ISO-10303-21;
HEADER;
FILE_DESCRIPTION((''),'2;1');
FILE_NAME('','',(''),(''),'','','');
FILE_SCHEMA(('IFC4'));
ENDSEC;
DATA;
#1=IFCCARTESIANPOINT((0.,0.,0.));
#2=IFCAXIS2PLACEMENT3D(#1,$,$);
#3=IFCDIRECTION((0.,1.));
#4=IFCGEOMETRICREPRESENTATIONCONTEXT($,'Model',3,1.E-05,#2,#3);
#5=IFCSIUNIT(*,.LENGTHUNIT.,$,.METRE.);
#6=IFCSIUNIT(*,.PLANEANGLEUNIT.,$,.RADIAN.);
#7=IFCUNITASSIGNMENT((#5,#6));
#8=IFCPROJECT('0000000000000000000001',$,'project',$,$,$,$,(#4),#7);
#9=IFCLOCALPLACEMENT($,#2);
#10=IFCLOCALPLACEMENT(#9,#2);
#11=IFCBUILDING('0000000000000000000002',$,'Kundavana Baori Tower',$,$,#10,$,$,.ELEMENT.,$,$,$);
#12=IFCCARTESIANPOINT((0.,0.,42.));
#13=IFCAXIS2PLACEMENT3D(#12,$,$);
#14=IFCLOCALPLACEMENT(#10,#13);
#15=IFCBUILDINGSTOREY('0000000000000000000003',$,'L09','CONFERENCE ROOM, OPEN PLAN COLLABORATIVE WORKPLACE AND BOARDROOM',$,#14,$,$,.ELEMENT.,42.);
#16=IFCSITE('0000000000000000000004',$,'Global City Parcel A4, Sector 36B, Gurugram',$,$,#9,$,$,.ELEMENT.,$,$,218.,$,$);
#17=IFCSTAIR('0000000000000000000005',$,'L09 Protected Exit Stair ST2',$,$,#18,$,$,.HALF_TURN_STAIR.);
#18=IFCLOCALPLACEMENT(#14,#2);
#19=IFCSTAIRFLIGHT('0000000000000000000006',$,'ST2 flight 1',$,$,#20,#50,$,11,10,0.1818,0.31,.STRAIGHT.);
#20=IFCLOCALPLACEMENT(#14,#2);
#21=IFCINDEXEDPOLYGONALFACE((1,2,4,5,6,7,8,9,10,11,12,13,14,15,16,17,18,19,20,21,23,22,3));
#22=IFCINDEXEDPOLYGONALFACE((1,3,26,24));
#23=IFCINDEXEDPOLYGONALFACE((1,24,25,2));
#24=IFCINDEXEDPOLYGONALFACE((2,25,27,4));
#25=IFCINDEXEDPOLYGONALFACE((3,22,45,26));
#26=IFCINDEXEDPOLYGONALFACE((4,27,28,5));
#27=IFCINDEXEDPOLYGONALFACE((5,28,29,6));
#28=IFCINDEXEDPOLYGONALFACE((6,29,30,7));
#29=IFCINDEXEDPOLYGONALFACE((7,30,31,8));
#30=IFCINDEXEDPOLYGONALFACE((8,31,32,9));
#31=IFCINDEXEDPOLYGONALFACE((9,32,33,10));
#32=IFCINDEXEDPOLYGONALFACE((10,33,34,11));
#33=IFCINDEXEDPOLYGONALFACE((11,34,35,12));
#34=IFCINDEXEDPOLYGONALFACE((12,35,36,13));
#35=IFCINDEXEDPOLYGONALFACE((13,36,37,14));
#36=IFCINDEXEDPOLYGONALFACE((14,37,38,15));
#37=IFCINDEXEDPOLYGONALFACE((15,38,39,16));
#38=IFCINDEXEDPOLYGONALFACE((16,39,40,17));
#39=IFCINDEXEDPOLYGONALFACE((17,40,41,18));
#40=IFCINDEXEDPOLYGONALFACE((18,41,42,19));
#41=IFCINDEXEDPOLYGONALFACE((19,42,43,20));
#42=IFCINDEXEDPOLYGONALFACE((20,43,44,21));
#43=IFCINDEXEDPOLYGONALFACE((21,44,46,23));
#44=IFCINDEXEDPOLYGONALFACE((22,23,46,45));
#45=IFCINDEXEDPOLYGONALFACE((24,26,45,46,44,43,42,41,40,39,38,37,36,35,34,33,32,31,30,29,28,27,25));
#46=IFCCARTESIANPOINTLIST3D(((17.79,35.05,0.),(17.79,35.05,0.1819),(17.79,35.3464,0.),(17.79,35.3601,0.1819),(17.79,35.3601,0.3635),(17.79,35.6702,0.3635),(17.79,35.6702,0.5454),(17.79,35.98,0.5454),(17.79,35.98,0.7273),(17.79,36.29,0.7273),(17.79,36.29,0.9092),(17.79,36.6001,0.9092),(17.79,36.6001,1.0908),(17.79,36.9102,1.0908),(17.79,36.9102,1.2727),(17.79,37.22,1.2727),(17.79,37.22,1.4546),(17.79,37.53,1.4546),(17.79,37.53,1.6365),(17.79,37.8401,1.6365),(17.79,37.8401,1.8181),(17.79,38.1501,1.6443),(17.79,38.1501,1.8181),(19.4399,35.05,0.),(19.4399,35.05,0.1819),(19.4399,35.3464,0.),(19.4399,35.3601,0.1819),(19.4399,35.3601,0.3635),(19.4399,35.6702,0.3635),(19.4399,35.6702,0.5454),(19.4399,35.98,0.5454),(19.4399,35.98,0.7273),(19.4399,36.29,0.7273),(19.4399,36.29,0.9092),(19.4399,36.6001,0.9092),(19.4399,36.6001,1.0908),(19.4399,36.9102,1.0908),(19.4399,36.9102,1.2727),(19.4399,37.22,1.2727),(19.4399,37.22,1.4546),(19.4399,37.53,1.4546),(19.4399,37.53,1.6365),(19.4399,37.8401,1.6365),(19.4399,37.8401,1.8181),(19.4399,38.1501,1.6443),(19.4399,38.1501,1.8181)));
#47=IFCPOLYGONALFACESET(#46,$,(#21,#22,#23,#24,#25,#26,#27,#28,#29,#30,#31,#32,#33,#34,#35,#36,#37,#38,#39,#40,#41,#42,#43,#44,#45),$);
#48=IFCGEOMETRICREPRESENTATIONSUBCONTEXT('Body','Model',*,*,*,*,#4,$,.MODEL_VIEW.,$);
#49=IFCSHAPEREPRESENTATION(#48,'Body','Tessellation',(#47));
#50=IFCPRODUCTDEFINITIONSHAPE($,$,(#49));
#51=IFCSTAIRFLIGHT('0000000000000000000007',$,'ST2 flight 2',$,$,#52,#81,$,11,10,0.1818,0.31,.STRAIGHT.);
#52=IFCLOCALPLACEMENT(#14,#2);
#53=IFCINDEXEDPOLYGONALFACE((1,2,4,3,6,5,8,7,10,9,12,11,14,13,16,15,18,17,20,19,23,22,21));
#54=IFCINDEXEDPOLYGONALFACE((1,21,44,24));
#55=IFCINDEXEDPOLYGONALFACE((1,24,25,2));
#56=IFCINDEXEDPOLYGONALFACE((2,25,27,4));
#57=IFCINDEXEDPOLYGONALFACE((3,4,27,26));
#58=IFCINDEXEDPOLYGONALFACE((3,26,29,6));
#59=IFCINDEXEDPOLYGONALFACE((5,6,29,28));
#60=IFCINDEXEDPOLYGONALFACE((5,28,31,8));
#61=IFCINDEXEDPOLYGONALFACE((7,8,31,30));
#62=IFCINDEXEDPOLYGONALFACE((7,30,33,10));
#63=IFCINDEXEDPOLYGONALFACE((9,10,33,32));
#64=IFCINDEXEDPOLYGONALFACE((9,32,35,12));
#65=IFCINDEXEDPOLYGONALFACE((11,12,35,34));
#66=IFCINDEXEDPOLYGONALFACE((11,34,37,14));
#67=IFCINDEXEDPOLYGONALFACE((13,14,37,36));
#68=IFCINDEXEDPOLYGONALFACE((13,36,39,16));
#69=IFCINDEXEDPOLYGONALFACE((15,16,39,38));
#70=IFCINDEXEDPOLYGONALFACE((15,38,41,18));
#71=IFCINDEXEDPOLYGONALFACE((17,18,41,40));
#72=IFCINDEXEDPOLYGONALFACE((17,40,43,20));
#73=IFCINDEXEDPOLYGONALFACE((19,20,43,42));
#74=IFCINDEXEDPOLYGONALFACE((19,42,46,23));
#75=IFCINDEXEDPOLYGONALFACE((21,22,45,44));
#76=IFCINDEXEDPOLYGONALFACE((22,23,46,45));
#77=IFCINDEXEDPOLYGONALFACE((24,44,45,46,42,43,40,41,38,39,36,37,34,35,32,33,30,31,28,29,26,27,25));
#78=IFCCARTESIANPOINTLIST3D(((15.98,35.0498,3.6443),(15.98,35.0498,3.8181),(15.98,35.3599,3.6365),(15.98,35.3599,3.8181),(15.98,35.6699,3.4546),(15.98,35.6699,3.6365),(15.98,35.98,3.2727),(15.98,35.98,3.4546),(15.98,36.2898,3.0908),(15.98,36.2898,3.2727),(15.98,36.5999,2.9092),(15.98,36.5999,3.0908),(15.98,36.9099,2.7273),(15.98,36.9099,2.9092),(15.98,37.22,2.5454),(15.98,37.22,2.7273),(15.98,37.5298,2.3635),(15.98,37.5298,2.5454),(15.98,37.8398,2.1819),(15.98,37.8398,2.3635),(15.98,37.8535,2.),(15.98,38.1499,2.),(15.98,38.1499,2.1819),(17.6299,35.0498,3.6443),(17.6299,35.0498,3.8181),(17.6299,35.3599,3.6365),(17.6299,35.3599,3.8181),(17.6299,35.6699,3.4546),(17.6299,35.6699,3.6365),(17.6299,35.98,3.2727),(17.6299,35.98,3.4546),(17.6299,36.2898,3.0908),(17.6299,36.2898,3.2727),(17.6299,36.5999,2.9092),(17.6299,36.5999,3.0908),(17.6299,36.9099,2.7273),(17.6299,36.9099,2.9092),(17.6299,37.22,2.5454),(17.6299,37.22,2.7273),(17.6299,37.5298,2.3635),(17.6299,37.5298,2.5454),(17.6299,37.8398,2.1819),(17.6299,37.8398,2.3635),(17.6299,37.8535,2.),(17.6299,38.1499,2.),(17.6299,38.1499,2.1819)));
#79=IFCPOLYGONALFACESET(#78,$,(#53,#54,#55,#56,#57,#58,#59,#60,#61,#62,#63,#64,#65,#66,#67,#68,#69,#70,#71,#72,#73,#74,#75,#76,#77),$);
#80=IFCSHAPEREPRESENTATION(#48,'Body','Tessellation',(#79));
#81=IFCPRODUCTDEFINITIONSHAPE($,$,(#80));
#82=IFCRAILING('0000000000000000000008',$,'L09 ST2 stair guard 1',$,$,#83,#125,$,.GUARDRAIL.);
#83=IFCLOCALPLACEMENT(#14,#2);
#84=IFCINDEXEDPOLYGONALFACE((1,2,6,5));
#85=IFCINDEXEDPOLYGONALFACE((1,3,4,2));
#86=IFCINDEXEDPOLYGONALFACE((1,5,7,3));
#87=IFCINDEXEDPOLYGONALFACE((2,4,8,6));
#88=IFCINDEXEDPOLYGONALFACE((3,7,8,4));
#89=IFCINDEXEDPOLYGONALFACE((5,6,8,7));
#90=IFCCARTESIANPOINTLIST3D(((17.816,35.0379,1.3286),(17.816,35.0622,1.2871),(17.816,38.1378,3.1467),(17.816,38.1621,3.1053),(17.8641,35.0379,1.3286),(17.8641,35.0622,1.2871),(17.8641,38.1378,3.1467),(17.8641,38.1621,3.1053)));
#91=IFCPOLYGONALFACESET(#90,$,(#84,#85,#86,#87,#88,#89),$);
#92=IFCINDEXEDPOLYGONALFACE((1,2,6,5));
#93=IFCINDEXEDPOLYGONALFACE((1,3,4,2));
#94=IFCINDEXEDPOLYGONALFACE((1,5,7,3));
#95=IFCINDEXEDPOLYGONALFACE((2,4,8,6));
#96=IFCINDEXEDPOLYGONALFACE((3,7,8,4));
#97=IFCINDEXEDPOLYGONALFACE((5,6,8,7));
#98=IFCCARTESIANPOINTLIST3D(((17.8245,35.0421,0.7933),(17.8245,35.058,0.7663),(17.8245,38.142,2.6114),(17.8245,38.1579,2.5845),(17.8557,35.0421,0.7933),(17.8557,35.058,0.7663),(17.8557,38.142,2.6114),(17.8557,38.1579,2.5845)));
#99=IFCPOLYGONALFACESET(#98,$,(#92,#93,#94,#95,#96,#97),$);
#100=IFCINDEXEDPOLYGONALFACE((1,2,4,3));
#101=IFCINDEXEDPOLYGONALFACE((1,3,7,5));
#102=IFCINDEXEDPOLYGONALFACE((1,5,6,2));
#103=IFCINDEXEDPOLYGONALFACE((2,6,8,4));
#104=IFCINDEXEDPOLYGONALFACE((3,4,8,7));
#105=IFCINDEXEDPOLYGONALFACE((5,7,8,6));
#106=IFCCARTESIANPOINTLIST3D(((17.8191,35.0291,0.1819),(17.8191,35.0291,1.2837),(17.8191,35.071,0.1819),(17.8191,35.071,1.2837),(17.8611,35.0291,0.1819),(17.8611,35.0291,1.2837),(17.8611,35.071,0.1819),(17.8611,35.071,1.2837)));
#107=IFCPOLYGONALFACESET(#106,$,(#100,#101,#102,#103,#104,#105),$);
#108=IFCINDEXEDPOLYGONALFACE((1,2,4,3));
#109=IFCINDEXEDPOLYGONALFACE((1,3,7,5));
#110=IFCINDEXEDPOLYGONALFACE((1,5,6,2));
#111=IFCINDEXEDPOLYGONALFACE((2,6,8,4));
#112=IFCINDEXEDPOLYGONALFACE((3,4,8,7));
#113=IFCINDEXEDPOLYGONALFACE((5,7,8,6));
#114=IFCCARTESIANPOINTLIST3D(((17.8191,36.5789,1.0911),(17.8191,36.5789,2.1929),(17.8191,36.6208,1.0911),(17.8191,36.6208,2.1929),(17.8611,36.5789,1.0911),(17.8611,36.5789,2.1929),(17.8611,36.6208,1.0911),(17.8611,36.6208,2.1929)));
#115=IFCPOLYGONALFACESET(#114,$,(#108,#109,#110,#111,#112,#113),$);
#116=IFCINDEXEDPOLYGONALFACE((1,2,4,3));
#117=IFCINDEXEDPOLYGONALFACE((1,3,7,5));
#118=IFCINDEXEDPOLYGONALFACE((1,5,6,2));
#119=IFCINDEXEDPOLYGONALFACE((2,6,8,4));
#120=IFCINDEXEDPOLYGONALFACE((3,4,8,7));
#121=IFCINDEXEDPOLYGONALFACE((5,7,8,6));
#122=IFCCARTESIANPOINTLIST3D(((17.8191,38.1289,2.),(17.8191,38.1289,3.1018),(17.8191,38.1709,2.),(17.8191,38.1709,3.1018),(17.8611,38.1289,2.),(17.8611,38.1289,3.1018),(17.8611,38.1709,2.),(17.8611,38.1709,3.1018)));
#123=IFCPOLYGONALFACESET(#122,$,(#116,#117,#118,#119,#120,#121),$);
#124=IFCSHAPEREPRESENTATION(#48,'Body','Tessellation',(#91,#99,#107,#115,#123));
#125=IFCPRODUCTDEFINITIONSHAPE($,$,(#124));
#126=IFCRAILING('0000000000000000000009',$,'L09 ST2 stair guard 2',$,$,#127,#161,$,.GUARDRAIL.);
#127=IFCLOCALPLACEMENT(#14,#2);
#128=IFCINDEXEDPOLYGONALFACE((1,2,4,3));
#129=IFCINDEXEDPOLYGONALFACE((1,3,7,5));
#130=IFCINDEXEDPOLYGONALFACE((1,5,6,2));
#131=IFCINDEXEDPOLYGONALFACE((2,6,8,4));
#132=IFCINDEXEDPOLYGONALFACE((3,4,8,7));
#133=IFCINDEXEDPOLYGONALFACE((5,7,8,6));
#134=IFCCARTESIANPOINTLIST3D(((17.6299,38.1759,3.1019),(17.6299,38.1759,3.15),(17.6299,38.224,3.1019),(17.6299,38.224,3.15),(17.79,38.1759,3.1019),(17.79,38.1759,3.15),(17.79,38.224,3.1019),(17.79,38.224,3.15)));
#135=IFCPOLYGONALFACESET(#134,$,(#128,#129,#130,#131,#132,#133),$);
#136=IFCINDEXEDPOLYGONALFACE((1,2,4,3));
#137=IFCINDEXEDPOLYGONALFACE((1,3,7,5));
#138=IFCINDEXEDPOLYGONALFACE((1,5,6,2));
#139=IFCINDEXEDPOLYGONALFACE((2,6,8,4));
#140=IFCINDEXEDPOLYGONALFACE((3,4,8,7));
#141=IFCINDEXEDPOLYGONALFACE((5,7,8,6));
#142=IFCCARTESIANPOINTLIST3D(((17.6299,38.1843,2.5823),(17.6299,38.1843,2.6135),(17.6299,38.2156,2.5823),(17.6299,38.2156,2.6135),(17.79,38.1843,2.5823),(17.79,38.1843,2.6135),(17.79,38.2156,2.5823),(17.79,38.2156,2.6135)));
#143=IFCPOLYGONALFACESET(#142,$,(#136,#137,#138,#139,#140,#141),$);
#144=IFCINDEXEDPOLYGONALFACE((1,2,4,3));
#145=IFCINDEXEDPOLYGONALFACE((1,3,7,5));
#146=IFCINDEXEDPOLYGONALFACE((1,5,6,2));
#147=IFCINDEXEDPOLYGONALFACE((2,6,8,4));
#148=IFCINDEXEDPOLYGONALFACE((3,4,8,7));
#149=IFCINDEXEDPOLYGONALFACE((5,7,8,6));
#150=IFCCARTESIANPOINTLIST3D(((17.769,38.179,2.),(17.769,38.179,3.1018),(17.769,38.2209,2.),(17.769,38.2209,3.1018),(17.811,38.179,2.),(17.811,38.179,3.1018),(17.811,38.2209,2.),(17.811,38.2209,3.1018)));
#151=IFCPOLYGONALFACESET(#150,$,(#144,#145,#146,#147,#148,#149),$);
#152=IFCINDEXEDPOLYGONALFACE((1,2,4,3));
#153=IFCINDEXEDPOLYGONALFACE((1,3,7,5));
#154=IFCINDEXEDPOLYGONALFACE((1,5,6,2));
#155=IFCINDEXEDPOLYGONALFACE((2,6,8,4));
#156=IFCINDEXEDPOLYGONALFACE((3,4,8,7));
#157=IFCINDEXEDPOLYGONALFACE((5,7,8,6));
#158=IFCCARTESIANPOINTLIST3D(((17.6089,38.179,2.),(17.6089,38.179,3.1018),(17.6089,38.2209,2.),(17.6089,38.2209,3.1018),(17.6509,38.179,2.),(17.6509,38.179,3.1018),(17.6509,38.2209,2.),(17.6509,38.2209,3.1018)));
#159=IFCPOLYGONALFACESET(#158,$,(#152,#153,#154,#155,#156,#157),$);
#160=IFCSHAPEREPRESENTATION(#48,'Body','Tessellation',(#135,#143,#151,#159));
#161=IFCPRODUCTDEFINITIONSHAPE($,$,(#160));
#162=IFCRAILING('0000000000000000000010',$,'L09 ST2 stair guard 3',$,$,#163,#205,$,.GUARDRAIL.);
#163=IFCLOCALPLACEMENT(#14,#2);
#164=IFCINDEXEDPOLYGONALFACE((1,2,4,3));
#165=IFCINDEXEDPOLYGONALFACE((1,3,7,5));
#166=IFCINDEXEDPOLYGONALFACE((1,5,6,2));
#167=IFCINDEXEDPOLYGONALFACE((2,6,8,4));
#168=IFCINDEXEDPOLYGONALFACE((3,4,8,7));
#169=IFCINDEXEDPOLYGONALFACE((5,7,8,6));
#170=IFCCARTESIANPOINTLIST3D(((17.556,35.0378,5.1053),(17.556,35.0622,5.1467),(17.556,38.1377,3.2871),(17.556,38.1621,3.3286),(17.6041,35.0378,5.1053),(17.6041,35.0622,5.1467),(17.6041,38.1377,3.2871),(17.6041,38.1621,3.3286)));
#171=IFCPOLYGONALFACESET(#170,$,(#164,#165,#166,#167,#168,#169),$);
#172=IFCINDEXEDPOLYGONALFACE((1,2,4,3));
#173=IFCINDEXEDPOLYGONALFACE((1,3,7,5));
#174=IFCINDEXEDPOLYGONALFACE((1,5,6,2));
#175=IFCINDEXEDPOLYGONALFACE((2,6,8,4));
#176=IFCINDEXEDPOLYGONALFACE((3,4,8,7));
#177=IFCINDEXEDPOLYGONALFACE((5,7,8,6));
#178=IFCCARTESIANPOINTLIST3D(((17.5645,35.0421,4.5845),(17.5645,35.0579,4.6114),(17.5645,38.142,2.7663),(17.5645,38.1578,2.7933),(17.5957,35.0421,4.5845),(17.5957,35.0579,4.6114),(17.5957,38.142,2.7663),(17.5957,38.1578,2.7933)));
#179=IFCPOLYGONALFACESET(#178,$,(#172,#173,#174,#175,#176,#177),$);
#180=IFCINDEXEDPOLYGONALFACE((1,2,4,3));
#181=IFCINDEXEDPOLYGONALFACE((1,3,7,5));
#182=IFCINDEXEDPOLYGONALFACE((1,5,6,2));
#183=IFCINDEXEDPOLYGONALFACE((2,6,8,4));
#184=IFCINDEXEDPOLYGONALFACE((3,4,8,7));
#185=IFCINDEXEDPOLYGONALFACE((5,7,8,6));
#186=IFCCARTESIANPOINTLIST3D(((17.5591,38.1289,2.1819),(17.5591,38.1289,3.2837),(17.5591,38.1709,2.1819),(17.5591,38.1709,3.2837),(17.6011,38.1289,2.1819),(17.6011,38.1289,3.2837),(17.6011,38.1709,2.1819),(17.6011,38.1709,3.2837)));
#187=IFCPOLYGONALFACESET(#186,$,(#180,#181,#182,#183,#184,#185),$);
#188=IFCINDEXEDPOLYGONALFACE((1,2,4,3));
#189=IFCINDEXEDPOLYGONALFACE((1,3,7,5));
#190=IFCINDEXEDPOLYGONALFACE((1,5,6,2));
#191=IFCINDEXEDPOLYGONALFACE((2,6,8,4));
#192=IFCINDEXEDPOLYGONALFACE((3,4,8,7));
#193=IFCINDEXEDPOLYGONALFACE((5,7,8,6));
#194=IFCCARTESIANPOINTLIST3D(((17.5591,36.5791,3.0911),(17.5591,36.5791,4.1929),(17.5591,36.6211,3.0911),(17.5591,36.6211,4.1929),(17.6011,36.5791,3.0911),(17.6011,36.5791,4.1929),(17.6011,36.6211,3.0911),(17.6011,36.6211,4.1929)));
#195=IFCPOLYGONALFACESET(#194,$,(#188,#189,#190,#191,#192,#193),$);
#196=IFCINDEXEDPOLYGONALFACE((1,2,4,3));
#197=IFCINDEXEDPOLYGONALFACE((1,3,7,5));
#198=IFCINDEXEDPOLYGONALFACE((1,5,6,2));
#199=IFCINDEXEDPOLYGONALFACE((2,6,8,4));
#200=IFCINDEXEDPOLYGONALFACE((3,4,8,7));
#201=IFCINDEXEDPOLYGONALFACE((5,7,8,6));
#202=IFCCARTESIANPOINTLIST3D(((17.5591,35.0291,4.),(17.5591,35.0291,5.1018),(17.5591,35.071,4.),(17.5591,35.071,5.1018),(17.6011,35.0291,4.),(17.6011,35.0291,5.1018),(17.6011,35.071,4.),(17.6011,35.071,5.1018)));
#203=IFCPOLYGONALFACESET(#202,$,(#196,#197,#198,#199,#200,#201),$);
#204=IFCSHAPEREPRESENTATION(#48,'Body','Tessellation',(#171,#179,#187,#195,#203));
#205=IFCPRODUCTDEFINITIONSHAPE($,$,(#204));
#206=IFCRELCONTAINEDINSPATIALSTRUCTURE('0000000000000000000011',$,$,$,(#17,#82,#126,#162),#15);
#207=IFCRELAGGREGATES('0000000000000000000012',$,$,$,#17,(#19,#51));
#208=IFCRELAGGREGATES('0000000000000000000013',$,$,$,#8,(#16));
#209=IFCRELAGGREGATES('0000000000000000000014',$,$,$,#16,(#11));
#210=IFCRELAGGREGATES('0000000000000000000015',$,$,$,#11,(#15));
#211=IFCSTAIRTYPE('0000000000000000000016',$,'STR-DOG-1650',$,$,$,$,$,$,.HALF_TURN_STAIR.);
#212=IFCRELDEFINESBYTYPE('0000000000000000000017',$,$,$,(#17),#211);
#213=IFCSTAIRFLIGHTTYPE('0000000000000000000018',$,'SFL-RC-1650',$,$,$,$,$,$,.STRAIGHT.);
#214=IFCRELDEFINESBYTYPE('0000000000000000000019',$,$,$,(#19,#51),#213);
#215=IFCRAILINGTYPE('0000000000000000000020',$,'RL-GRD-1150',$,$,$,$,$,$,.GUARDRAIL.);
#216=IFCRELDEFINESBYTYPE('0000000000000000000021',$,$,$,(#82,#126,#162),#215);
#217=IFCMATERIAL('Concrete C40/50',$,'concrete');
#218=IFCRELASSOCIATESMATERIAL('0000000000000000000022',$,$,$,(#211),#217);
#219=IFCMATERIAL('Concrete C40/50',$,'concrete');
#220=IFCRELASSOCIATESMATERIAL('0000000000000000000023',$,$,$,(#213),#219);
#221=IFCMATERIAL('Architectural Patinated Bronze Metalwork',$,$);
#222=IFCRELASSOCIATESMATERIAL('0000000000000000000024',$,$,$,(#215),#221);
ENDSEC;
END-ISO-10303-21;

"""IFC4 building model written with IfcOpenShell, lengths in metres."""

from ifc_helpers import new_model, si_unit, direction, frame, origin, origin_2d, place, context, subcontext, project, spatial, polyline, rectangle, outline, extrude, material, type_object, element, aggregate, save


model = new_model("IFC4")

# Units and contexts
model_context = context("Model", 3, precision=1e-05, world=origin(), true_north=direction((0.0, 1.0)))
body_context = subcontext(model_context, "Body", "Model", "MODEL_VIEW")
ifc_project = project(units=[si_unit("LENGTHUNIT", "METRE"), si_unit("PLANEANGLEUNIT", "RADIAN")], contexts=[model_context])

# Site, building, storey
site_placement = place(None, origin())
site = spatial("IfcSite", under=ifc_project, at=site_placement, Name="Global City Parcel A4, Sector 36B, Gurugram", CompositionType="ELEMENT", RefElevation=218.0)
building_placement = place(site_placement, origin())
building = spatial("IfcBuilding", under=site, at=building_placement, Name="Kundavana Baori Tower", CompositionType="ELEMENT")
storey_placement = place(building_placement, frame((0.0, 0.0, 42.0)))
storey = spatial("IfcBuildingStorey", under=building, at=storey_placement, Name="L09", Description="CONFERENCE ROOM, OPEN PLAN COLLABORATIVE WORKPLACE AND BOARDROOM", CompositionType="ELEMENT", Elevation=42.0)

# Stair, stair flights
ifc_material_1 = material(Name="Concrete C40/50", Category="concrete")
stair_type = type_object("IfcStairType", Name="STR-DOG-1650", PredefinedType="HALF_TURN_STAIR", material=ifc_material_1)
stair_placement = place(storey_placement, origin())
stair = element("IfcStair", 1, at=stair_placement, inside=storey, type_object=stair_type, Name="L09 Protected Exit Stair ST2", PredefinedType="HALF_TURN_STAIR")
ifc_material_2 = material(Name="Concrete C40/50", Category="concrete")
stair_flight_type = type_object("IfcStairFlightType", Name="SFL-RC-1650", PredefinedType="STRAIGHT", material=ifc_material_2)
stair_flight_1_placement = place(storey_placement, frame((18.615, 35.05, 0.0), z_axis=(0.0, 0.0, 1.0), x_axis=(0.0, 1.0, 0.0)))
stair_flight_1 = element("IfcStairFlight", 2, at=stair_flight_1_placement, type_object=stair_flight_type, Name="ST2 flight 1", NumberOfRisers=11, NumberOfTreads=10, PredefinedType="STRAIGHT", RiserHeight=0.1818, TreadLength=0.31, context=body_context, shape_type="SweptSolid", body=[
    extrude(outline(polyline([(0.0, 0.0), (0.0, 0.1819), (0.3101, 0.1819), (0.3101, 0.3635), (0.6201, 0.3635), (0.6201, 0.5454), (0.9299, 0.5454), (0.9299, 0.7273), (1.24, 0.7273), (1.24, 0.9092), (1.55, 0.9092), (1.55, 1.0908), (1.8601, 1.0908), (1.8601, 1.2727), (2.1699, 1.2727), (2.1699, 1.4546), (2.48, 1.4546), (2.48, 1.6365), (2.79, 1.6365), (2.79, 1.8181), (3.1001, 1.8181), (3.1001, 2.0), (3.1001, 1.6443), (0.2964, 0.0), (0.0, 0.0)])), frame((0.0, 0.825, 0.0), z_axis=(0.0, -1.0, 0.0), x_axis=(1.0, 0.0, 0.0)), (0.0, 0.0, 1.0), 1.6499),
])
stair_flight_2_placement = place(storey_placement, frame((16.8049, 38.1499, 2.0), z_axis=(0.0, 0.0, 1.0), x_axis=(0.0, -1.0, 0.0)))
stair_flight_2 = element("IfcStairFlight", 3, at=stair_flight_2_placement, type_object=stair_flight_type, Name="ST2 flight 2", NumberOfRisers=11, NumberOfTreads=10, PredefinedType="STRAIGHT", RiserHeight=0.1818, TreadLength=0.31, context=body_context, shape_type="SweptSolid", body=[
    extrude(outline(polyline([(0.0, 0.0), (0.0, 0.1819), (0.3101, 0.1819), (0.3101, 0.3635), (0.6201, 0.3635), (0.6201, 0.5454), (0.9299, 0.5454), (0.9299, 0.7273), (1.24, 0.7273), (1.24, 0.9092), (1.55, 0.9092), (1.55, 1.0908), (1.8601, 1.0908), (1.8601, 1.2727), (2.1699, 1.2727), (2.1699, 1.4546), (2.48, 1.4546), (2.48, 1.6365), (2.79, 1.6365), (2.79, 1.8181), (3.1001, 1.8181), (3.1001, 2.0), (3.1001, 1.6443), (0.2964, 0.0), (0.0, 0.0)])), frame((0.0, 0.825, 0.0), z_axis=(0.0, -1.0, 0.0), x_axis=(1.0, 0.0, 0.0)), (0.0, 0.0, 1.0), 1.6499),
])
aggregate(stair, [stair_flight_1, stair_flight_2])

# Railings
ifc_material_3 = material(Name="Architectural Patinated Bronze Metalwork")
railing_type_1 = type_object("IfcRailingType", Name="RL-GRD-1150", PredefinedType="GUARDRAIL", material=ifc_material_3)
railing_1_placement = place(storey_placement, frame((17.8401, 35.05, 0.1819)))
element("IfcRailing", 4, at=railing_1_placement, inside=storey, type_object=railing_type_1, Name="L09 ST2 stair guard 1", PredefinedType="GUARDRAIL", context=body_context, shape_type="SweptSolid", body=[
    extrude(rectangle(XDim=0.0481, YDim=0.0481, at=origin_2d()), frame((0.0, 0.0, 1.126), z_axis=(0.0, 0.862581, 0.505918), x_axis=(-1.0, 0.0, 0.0)), (0.0, 0.0, 1.0), 3.5938),
    extrude(rectangle(XDim=0.0312, YDim=0.0312, at=origin_2d()), frame((0.0, 0.0, 0.5979), z_axis=(0.0, 0.862581, 0.505918), x_axis=(-1.0, 0.0, 0.0)), (0.0, 0.0, 1.0), 3.5938),
    extrude(rectangle(XDim=0.042, YDim=0.042, at=origin_2d()), origin(), (0.0, 0.0, 1.0), 1.1018),
    extrude(rectangle(XDim=0.042, YDim=0.042, at=origin_2d()), frame((0.0, 1.5498, 0.9092)), (0.0, 0.0, 1.0), 1.1018),
    extrude(rectangle(XDim=0.042, YDim=0.042, at=origin_2d()), frame((0.0, 3.0999, 1.8181)), (0.0, 0.0, 1.0), 1.1018),
])
railing_2_placement = place(storey_placement, frame((17.79, 38.2, 2.0)))
element("IfcRailing", 5, at=railing_2_placement, inside=storey, type_object=railing_type_1, Name="L09 ST2 stair guard 2", PredefinedType="GUARDRAIL", context=body_context, shape_type="SweptSolid", body=[
    extrude(rectangle(XDim=0.0481, YDim=0.0481, at=origin_2d()), frame((0.0, 0.0, 1.126), z_axis=(-1.0, 0.0, 0.0), x_axis=(0.0, -1.0, 0.0)), (0.0, 0.0, 1.0), 0.1602),
    extrude(rectangle(XDim=0.0312, YDim=0.0312, at=origin_2d()), frame((0.0, 0.0, 0.5979), z_axis=(-1.0, 0.0, 0.0), x_axis=(0.0, -1.0, 0.0)), (0.0, 0.0, 1.0), 0.1602),
    extrude(rectangle(XDim=0.042, YDim=0.042, at=origin_2d()), origin(), (0.0, 0.0, 1.0), 1.1018),
    extrude(rectangle(XDim=0.042, YDim=0.042, at=origin_2d()), frame((-0.1602, 0.0, 0.0)), (0.0, 0.0, 1.0), 1.1018),
])
railing_3_placement = place(storey_placement, frame((17.5801, 38.1499, 2.1819)))
element("IfcRailing", 6, at=railing_3_placement, inside=storey, type_object=railing_type_1, Name="L09 ST2 stair guard 3", PredefinedType="GUARDRAIL", context=body_context, shape_type="SweptSolid", body=[
    extrude(rectangle(XDim=0.0481, YDim=0.0481, at=origin_2d()), frame((0.0, 0.0, 1.126), z_axis=(0.0, -0.862581, 0.505918), x_axis=(1.0, 0.0, 0.0)), (0.0, 0.0, 1.0), 3.5938),
    extrude(rectangle(XDim=0.0312, YDim=0.0312, at=origin_2d()), frame((0.0, 0.0, 0.5979), z_axis=(0.0, -0.862581, 0.505918), x_axis=(1.0, 0.0, 0.0)), (0.0, 0.0, 1.0), 3.5938),
    extrude(rectangle(XDim=0.042, YDim=0.042, at=origin_2d()), origin(), (0.0, 0.0, 1.0), 1.1018),
    extrude(rectangle(XDim=0.042, YDim=0.042, at=origin_2d()), frame((0.0, -1.5498, 0.9092)), (0.0, 0.0, 1.0), 1.1018),
    extrude(rectangle(XDim=0.042, YDim=0.042, at=origin_2d()), frame((0.0, -3.0999, 1.8181)), (0.0, 0.0, 1.0), 1.1018),
])

save(model, "model.ifc")
